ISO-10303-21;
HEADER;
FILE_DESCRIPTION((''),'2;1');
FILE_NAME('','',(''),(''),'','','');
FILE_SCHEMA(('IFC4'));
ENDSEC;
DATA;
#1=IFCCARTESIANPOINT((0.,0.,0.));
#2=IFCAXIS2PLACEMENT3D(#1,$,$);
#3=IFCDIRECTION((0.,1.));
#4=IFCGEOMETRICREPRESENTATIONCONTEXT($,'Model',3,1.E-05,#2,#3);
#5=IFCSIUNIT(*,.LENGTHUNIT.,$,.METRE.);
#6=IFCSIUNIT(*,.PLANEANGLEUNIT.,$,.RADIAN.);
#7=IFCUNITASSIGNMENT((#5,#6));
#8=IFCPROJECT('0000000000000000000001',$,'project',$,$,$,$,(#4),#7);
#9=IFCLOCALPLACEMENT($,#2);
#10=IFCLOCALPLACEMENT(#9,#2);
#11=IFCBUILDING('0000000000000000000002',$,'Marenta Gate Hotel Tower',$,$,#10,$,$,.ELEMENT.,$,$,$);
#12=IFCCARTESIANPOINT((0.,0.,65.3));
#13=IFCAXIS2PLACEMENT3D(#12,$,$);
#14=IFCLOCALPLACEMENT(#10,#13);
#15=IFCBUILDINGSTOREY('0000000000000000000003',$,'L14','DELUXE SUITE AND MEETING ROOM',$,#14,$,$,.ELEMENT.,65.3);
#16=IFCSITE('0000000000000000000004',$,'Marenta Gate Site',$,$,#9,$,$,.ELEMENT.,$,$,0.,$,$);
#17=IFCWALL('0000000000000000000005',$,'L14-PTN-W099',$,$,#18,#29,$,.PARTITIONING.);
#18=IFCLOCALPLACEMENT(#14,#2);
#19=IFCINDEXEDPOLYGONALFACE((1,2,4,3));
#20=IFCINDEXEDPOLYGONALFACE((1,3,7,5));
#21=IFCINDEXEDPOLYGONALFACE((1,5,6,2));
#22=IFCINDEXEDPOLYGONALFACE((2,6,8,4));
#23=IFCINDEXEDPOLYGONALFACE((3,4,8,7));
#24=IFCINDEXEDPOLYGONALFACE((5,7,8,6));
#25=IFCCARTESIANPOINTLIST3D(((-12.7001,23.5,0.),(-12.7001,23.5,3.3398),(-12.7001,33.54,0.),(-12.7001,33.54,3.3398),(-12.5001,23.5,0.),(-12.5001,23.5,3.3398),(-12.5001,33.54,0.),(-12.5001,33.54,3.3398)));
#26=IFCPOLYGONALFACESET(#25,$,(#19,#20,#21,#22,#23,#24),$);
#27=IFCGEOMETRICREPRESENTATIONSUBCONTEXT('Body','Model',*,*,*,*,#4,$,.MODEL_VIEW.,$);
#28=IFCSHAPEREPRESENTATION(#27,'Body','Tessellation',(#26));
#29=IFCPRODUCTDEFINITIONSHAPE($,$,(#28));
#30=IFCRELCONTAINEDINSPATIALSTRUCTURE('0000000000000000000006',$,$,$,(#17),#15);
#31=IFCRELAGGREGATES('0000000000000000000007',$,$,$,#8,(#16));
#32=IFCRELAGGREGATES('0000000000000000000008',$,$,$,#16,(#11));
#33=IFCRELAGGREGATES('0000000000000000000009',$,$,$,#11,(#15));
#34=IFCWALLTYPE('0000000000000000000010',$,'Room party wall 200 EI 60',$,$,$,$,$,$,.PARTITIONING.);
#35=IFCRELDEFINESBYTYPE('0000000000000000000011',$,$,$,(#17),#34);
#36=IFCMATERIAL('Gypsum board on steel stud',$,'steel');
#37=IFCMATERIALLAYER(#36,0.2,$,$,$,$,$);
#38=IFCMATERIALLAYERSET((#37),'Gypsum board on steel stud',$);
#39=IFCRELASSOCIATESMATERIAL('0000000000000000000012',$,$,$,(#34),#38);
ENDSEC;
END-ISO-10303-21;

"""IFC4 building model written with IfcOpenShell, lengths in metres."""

from ifc_helpers import new_model, si_unit, direction, frame, frame_2d, origin, place, context, subcontext, project, spatial, rectangle, extrude, material, layer, layer_set, type_object, element, save


model = new_model("IFC4")

# Units and contexts
model_context = context("Model", 3, precision=1e-05, world=origin(), true_north=direction((0.0, 1.0)))
body_context = subcontext(model_context, "Body", "Model", "MODEL_VIEW")
ifc_project = project(units=[si_unit("LENGTHUNIT", "METRE"), si_unit("PLANEANGLEUNIT", "RADIAN")], contexts=[model_context])

# Site, building, storey
site_placement = place(None, origin())
site = spatial("IfcSite", under=ifc_project, at=site_placement, Name="Marenta Gate Site", CompositionType="ELEMENT", RefElevation=0.0)
building_placement = place(site_placement, origin())
building = spatial("IfcBuilding", under=site, at=building_placement, Name="Marenta Gate Hotel Tower", CompositionType="ELEMENT")
storey_placement = place(building_placement, frame((0.0, 0.0, 65.3)))
storey = spatial("IfcBuildingStorey", under=building, at=storey_placement, Name="L14", Description="DELUXE SUITE AND MEETING ROOM", CompositionType="ELEMENT", Elevation=65.3)

# Wall
ifc_material_1 = material(Name="Gypsum board on steel stud", Category="steel")
ifc_layer_1 = layer(ifc_material_1, 0.2)
ifc_layer_set_1 = layer_set([ifc_layer_1], Name="Gypsum board on steel stud")
wall_type_1 = type_object("IfcWallType", Name="Room party wall 200 EI 60", PredefinedType="PARTITIONING", material=ifc_layer_set_1)
wall_1_placement = place(storey_placement, frame((-12.6001, 23.5, 0.0), z_axis=(0.0, 0.0, 1.0), x_axis=(0.0, 1.0, 0.0)))
element("IfcWall", 1, at=wall_1_placement, inside=storey, type_object=wall_type_1, Name="L14-PTN-W099", PredefinedType="PARTITIONING", context=body_context, shape_type="SweptSolid", body=[
    extrude(rectangle(XDim=10.04, YDim=0.2, at=frame_2d((5.02, 0.0))), origin(), (0.0, 0.0, 1.0), 3.3398),
])

save(model, "model.ifc")
